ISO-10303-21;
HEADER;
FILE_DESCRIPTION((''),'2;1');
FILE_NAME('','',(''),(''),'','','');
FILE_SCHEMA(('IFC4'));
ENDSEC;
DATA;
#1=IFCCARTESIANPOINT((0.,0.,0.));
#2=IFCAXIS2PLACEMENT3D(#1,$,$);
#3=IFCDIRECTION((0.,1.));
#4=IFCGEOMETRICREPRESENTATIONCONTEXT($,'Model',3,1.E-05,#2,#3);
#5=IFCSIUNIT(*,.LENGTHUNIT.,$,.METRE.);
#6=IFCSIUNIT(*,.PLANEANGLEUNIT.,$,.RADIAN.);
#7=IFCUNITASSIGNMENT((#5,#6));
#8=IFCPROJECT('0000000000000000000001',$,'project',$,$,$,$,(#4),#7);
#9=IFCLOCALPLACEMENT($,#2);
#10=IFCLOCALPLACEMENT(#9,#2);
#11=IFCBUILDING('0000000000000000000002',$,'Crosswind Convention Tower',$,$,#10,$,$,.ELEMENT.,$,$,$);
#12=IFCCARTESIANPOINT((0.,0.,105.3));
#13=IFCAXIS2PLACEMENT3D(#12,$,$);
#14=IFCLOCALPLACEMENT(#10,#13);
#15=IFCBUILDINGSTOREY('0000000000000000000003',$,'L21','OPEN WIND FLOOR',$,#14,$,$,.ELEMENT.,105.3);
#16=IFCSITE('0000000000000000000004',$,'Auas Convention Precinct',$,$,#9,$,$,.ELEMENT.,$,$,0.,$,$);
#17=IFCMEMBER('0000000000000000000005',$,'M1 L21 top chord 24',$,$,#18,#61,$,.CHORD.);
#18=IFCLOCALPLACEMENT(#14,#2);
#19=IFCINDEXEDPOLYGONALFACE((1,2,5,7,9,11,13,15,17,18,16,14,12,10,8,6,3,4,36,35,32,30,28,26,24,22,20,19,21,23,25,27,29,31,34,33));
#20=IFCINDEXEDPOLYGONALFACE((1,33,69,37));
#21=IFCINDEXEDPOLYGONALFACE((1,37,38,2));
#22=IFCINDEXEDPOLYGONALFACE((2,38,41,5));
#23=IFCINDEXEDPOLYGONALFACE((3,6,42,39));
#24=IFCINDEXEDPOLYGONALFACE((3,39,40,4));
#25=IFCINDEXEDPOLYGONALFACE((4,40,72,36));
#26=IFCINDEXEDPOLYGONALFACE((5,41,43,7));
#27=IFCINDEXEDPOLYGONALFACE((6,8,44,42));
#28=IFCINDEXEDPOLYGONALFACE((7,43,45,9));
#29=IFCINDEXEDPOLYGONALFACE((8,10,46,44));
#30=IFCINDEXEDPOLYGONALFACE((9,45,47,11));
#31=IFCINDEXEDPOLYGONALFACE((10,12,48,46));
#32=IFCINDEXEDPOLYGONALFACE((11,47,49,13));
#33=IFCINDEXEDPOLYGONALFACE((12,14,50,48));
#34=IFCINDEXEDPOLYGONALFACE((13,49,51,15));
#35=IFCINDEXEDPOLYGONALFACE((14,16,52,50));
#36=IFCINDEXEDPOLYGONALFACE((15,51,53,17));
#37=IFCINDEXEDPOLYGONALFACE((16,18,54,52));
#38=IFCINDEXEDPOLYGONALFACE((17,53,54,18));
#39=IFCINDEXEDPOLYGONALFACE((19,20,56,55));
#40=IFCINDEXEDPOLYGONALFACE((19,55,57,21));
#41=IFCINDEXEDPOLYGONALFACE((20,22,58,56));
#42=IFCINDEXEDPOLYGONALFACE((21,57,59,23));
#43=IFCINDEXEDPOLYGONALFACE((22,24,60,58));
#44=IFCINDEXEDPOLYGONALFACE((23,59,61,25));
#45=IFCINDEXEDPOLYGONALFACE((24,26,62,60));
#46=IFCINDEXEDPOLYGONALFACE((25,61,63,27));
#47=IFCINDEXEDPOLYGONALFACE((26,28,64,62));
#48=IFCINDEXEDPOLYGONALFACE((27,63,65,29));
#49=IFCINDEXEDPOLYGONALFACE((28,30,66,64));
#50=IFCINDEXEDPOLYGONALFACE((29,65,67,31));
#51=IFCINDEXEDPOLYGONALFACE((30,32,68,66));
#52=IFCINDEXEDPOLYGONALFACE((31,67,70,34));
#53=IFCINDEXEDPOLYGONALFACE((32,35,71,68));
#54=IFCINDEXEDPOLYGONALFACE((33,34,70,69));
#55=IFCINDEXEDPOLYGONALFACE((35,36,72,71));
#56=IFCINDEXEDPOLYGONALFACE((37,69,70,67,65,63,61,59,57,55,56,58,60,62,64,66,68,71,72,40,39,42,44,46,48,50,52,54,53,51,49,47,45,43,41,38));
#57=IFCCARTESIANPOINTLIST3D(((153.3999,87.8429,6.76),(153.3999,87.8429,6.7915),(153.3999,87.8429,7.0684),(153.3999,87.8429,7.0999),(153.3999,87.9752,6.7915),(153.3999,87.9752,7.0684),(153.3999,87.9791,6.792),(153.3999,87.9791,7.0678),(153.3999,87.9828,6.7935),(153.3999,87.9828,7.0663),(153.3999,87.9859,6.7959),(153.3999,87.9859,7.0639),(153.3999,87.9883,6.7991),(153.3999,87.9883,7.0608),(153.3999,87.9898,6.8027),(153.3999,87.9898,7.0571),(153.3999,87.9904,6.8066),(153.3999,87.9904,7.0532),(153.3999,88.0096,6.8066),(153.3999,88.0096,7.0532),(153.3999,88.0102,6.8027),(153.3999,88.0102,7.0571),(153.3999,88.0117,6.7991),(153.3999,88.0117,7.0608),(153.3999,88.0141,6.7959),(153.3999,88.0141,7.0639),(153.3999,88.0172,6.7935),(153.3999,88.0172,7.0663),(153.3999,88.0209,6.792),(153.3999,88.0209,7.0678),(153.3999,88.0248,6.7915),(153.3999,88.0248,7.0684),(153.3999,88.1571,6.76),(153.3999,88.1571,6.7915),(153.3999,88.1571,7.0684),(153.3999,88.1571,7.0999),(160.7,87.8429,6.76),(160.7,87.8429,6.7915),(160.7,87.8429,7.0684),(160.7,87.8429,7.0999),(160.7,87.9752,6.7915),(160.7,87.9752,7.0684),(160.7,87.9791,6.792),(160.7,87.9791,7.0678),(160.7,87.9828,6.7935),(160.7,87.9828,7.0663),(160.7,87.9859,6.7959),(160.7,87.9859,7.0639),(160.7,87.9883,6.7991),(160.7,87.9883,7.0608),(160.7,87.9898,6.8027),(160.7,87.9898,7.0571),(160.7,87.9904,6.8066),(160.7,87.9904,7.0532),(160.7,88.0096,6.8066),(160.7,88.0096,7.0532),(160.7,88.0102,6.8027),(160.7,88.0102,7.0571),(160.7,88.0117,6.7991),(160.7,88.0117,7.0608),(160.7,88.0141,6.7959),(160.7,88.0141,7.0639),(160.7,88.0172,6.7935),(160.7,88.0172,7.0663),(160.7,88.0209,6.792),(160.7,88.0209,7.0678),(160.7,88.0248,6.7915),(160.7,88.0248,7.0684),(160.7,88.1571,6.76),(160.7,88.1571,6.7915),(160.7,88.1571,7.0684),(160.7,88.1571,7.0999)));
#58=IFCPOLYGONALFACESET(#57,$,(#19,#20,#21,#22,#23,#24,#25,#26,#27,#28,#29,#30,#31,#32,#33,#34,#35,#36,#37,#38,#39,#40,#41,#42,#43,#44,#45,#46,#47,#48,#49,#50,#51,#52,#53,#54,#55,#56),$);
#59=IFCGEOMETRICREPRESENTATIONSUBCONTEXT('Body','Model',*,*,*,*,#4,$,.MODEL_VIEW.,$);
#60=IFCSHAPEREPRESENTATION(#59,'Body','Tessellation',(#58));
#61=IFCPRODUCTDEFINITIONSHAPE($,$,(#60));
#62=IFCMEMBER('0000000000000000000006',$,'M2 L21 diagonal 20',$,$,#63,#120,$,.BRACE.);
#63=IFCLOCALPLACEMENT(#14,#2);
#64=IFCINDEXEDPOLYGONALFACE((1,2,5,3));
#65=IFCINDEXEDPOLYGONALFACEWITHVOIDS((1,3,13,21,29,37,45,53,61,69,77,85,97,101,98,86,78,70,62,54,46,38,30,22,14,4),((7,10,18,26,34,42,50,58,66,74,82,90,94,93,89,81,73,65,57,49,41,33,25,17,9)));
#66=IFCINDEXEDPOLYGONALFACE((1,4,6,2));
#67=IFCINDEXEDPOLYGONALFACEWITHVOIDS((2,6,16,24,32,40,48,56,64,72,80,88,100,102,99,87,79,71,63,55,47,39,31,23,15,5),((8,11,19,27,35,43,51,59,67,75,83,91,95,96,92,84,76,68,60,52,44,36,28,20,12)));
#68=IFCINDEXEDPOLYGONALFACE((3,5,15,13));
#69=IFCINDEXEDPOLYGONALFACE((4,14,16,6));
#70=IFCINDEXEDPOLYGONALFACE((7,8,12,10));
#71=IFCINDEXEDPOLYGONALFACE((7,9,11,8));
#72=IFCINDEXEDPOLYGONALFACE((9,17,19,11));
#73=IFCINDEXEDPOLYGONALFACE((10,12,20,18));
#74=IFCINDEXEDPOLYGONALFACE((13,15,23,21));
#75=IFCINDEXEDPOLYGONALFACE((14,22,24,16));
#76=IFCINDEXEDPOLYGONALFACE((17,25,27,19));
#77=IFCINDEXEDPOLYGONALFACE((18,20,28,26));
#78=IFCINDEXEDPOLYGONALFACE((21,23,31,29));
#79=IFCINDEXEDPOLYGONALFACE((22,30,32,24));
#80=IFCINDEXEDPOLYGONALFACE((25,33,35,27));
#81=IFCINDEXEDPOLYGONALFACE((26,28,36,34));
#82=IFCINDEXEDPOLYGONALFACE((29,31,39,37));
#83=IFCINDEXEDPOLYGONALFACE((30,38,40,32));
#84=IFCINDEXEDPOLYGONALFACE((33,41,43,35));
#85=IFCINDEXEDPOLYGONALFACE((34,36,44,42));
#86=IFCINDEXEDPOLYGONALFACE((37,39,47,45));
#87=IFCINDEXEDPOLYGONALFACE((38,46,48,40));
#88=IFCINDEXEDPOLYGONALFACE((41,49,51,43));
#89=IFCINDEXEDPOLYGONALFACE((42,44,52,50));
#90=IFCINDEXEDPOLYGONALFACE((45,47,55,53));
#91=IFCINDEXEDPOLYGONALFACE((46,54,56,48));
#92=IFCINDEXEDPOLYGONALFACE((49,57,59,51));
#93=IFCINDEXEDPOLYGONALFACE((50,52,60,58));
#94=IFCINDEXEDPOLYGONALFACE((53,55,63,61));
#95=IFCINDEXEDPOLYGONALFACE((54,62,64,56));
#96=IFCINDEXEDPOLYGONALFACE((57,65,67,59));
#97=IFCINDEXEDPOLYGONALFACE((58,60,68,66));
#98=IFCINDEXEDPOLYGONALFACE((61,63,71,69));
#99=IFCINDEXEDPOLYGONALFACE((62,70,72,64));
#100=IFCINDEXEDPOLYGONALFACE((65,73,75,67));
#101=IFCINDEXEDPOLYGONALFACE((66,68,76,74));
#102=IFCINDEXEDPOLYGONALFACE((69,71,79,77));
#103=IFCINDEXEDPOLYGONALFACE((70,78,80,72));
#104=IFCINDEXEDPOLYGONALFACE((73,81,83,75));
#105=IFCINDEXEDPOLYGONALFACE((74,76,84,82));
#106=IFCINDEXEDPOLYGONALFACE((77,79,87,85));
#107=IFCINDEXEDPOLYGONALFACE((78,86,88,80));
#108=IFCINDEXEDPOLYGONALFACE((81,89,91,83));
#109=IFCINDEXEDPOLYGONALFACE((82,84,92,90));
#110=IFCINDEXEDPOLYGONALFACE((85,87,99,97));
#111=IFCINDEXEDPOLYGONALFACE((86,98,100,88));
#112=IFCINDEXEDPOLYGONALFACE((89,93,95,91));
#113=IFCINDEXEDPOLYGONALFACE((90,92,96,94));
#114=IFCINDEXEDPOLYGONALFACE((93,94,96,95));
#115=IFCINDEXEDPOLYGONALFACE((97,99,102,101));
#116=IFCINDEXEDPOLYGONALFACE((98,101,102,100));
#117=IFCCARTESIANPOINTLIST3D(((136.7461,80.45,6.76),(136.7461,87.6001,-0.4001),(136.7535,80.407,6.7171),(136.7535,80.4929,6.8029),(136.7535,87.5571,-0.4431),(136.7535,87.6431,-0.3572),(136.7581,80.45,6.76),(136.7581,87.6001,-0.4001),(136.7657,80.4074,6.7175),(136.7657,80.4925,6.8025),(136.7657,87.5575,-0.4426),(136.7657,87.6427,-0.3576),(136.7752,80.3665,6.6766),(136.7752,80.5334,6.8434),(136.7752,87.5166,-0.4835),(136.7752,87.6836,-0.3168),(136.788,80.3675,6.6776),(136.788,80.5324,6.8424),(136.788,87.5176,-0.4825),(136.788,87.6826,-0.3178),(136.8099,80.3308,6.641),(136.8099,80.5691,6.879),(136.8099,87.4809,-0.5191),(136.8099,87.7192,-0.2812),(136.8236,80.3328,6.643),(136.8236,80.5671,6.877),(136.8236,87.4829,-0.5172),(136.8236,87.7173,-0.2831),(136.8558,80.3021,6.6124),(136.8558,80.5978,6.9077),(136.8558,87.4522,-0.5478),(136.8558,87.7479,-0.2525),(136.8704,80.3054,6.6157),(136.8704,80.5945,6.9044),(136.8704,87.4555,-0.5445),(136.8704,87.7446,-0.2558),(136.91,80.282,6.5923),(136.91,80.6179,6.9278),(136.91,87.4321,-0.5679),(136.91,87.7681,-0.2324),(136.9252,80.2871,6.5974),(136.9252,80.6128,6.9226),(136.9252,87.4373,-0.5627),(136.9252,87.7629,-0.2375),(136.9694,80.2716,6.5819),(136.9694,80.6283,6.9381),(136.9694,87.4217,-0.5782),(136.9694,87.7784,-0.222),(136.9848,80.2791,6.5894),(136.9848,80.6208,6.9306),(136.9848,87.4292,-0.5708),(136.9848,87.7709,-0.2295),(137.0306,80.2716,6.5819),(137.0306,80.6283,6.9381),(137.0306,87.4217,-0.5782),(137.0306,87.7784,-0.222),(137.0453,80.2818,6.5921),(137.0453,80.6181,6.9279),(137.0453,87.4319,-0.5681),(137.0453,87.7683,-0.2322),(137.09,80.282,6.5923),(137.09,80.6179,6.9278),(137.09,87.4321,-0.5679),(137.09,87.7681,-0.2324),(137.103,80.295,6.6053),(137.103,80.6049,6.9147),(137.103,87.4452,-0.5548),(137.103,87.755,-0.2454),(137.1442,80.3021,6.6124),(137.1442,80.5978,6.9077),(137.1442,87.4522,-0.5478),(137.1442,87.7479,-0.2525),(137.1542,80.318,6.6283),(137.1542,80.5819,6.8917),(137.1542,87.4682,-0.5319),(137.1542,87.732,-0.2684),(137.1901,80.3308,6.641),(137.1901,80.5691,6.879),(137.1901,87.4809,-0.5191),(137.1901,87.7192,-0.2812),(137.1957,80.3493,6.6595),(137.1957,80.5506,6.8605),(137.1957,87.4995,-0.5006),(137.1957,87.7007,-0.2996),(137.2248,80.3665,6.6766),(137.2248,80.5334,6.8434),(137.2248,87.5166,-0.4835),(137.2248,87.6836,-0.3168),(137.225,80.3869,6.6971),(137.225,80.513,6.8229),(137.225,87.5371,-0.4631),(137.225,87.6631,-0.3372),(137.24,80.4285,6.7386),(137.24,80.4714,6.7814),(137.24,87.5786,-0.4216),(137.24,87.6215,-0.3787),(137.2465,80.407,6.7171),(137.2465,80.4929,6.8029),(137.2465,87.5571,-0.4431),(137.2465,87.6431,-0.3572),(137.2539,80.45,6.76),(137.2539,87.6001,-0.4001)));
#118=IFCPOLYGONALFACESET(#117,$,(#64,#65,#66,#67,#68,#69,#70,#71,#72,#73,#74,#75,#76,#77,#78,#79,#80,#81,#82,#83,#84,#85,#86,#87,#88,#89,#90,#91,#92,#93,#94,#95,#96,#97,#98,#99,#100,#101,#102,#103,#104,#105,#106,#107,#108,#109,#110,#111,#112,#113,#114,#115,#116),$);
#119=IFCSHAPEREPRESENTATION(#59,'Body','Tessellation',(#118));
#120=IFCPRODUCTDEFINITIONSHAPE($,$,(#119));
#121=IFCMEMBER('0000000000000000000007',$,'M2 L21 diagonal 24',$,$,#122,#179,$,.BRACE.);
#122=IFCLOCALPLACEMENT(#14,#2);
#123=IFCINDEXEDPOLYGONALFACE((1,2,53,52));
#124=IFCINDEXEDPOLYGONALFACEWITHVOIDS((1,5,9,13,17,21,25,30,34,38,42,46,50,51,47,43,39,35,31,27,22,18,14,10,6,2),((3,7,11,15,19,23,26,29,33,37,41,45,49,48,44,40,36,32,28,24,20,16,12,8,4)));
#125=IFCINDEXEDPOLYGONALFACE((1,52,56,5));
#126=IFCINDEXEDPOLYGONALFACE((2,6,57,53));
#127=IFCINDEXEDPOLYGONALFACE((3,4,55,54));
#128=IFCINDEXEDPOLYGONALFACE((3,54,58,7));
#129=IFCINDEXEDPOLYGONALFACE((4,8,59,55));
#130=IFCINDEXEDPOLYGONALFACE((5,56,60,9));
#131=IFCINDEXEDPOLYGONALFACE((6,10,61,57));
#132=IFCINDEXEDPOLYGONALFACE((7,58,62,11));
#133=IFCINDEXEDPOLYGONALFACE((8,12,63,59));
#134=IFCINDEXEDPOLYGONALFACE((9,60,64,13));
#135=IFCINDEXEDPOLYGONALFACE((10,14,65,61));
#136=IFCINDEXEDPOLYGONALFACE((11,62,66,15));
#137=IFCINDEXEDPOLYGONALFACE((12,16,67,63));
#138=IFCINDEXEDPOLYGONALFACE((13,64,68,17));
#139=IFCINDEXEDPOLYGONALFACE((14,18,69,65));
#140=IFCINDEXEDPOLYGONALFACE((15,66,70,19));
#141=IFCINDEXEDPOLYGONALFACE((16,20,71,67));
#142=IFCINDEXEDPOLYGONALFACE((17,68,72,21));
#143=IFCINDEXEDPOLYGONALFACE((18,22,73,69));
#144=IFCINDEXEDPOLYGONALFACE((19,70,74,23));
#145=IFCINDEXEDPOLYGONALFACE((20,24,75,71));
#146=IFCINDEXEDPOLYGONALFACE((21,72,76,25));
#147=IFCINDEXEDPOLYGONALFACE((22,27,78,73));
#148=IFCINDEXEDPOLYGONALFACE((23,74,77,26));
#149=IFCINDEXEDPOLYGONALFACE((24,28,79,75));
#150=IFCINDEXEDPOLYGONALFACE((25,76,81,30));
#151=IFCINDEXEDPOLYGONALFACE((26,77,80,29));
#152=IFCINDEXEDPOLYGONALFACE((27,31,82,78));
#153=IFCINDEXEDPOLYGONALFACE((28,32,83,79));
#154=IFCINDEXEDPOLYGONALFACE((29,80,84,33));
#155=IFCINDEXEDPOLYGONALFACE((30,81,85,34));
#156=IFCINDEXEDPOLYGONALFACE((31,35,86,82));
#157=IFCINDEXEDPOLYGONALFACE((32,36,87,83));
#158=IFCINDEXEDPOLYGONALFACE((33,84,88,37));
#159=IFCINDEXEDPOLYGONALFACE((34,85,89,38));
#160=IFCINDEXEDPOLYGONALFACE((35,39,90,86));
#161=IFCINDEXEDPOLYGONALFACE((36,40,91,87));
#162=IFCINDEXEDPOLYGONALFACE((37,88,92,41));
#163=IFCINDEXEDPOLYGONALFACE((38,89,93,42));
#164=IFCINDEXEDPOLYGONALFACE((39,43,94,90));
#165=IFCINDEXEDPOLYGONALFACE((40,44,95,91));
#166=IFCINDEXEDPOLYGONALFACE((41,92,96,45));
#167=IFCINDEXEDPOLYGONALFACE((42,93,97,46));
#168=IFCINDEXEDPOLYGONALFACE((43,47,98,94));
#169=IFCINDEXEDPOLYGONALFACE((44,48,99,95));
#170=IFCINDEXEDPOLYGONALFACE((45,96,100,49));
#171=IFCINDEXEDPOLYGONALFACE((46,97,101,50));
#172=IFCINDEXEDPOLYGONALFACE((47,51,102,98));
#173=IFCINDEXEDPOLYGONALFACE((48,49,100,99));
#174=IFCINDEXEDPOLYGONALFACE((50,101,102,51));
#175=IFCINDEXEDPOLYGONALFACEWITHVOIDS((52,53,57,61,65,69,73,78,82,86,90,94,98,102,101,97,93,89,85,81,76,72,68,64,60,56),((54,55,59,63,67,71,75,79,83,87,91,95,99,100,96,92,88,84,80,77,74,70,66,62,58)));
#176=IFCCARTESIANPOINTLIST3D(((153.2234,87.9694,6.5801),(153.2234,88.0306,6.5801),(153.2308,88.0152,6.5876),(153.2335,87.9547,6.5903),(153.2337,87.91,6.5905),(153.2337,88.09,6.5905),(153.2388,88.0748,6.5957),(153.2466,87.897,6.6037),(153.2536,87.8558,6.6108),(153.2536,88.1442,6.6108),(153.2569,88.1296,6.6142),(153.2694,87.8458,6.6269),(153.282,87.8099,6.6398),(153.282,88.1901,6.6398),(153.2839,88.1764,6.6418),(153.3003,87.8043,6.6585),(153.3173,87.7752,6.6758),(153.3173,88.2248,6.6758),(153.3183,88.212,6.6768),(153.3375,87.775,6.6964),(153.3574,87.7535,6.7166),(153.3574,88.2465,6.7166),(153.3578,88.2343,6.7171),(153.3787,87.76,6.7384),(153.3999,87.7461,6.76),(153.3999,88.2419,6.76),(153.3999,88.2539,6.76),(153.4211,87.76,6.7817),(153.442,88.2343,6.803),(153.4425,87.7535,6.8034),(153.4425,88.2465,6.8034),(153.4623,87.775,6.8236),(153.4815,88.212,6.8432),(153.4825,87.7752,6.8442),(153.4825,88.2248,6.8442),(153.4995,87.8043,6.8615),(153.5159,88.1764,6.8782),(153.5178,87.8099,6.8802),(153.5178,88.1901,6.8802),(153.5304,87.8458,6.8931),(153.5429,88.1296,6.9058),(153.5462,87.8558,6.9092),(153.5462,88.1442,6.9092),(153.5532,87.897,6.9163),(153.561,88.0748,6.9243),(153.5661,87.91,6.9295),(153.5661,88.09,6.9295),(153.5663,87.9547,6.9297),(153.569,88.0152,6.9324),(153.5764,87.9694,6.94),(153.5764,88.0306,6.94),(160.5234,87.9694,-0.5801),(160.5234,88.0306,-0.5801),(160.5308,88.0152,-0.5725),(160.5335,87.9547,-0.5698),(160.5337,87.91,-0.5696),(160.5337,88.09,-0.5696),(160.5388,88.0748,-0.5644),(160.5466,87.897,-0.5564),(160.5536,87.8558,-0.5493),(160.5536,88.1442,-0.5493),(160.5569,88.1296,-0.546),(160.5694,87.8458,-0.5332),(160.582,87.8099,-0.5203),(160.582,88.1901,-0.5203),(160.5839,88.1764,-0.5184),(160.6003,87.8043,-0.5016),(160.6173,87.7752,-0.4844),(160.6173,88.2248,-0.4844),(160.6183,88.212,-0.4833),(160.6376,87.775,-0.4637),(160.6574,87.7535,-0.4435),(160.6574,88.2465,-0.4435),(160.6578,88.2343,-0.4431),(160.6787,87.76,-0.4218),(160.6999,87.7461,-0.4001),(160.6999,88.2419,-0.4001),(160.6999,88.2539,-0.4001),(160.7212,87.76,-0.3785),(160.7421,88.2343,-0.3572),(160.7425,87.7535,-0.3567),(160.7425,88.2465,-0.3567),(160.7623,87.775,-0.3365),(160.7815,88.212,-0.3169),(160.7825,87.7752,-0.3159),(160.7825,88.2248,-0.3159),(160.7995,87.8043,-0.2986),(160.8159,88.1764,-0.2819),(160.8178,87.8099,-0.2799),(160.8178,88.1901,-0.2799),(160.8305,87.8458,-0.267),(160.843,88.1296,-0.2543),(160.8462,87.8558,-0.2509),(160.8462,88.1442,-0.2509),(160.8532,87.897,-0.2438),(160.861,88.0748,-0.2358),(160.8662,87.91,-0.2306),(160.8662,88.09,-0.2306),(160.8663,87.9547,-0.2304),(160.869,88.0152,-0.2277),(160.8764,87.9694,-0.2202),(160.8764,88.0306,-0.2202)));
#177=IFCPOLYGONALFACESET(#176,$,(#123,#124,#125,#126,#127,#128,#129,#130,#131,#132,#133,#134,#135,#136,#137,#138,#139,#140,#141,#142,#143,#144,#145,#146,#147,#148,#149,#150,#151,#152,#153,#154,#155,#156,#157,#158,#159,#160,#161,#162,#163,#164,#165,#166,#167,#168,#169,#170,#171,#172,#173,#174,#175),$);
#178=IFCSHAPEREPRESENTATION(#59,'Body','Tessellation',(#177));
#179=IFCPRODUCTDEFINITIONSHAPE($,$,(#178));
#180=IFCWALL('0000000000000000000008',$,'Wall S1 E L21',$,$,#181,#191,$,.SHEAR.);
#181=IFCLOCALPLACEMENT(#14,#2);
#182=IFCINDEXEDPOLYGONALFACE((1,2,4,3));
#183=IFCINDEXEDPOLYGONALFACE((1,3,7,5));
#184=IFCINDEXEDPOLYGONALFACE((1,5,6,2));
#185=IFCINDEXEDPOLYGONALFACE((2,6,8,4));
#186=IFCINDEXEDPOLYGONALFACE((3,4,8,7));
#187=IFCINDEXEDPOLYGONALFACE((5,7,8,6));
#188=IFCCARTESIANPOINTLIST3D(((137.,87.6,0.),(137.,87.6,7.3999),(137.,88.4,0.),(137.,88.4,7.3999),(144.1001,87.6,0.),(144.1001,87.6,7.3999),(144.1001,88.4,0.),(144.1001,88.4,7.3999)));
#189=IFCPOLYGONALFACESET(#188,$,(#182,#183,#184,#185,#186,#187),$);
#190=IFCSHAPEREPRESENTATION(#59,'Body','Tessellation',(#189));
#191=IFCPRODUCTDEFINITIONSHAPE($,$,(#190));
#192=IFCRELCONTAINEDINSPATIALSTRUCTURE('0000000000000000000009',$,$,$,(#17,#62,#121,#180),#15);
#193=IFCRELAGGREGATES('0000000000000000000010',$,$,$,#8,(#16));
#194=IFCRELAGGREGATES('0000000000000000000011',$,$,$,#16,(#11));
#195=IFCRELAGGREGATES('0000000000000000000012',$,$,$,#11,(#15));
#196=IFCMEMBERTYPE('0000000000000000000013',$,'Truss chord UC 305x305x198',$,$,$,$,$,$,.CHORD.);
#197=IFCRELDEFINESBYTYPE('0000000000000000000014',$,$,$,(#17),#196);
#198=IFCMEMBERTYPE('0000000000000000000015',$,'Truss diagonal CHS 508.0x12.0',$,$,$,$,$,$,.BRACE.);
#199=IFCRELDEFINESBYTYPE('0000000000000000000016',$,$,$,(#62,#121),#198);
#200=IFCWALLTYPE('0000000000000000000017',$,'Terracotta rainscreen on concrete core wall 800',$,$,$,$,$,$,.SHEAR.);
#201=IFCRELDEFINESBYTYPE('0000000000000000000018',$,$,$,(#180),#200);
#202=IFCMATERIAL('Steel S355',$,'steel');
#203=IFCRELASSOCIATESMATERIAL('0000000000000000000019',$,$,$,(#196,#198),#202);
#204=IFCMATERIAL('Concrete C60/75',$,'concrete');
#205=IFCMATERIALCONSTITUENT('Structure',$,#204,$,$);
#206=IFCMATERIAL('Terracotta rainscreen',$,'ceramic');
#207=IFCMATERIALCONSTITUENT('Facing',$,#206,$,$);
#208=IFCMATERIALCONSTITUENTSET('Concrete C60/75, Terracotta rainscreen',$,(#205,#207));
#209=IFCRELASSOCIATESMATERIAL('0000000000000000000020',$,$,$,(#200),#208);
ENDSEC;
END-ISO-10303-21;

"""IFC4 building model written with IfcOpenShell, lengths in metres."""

from ifc_helpers import new_model, si_unit, direction, frame, frame_2d, origin, origin_2d, place, context, subcontext, project, spatial, rectangle, hollow_circle, i_section, extrude, material, constituent, constituent_set, material_profile, profile_set, type_object, element, save


model = new_model("IFC4")

# Units and contexts
model_context = context("Model", 3, precision=1e-05, world=origin(), true_north=direction((0.0, 1.0)))
body_context = subcontext(model_context, "Body", "Model", "MODEL_VIEW")
ifc_project = project(units=[si_unit("LENGTHUNIT", "METRE"), si_unit("PLANEANGLEUNIT", "RADIAN")], contexts=[model_context])

# Site, building, storey
site_placement = place(None, origin())
site = spatial("IfcSite", under=ifc_project, at=site_placement, Name="Auas Convention Precinct", CompositionType="ELEMENT", RefElevation=0.0)
building_placement = place(site_placement, origin())
building = spatial("IfcBuilding", under=site, at=building_placement, Name="Crosswind Convention Tower", CompositionType="ELEMENT")
storey_placement = place(building_placement, frame((0.0, 0.0, 105.3)))
storey = spatial("IfcBuildingStorey", under=building, at=storey_placement, Name="L21", Description="OPEN WIND FLOOR", CompositionType="ELEMENT", Elevation=105.3)

# Shared definitions
ifc_material_1 = material(Name="Concrete C60/75", Category="concrete")

# Members
ifc_material_2 = material(Name="Steel S355", Category="steel")
ifc_material_profile_1 = material_profile(ifc_material_2, i_section(OverallWidth=0.3142, OverallDepth=0.3398, WebThickness=0.0193, FlangeThickness=0.0315, FilletRadius=0.0151, at=origin_2d()), Name="UC 305x305x198")
ifc_profile_set_1 = profile_set([ifc_material_profile_1], Name="Steel S355")
member_type_1 = type_object("IfcMemberType", Name="Truss chord UC 305x305x198", PredefinedType="CHORD", material=ifc_profile_set_1)
for number, where, z_axis, x_axis, name in (
    (1, (153.3999, 88.0, 6.9299), (1.0, 0.0, 0.0), (0.0, 1.0, 0.0), "M1 L21 top chord 24"),
):
    element("IfcMember", number, at=place(storey_placement, frame(where, z_axis=z_axis, x_axis=x_axis)), inside=storey, type_object=member_type_1, Name=name, PredefinedType="CHORD", context=body_context, shape_type="SweptSolid", body=[
        extrude(i_section(OverallWidth=0.3142, OverallDepth=0.3398, WebThickness=0.0193, FlangeThickness=0.0315, FilletRadius=0.0151, at=origin_2d()), origin(), (0.0, 0.0, 1.0), 7.3),
    ])
ifc_material_profile_2 = material_profile(ifc_material_2, hollow_circle(Radius=0.2539, WallThickness=0.012, at=origin_2d()), Name="CHS 508.0x12.0")
ifc_profile_set_2 = profile_set([ifc_material_profile_2], Name="Steel S355")
member_type_2 = type_object("IfcMemberType", Name="Truss diagonal CHS 508.0x12.0", PredefinedType="BRACE", material=ifc_profile_set_2)
member_1_placement = place(storey_placement, frame((137.0, 80.45, 6.76), z_axis=(0.0, 0.706612, -0.707601), x_axis=(-1.0, 0.0, 0.0)))
element("IfcMember", 2, at=member_1_placement, inside=storey, type_object=member_type_2, Name="M2 L21 diagonal 20", PredefinedType="BRACE", context=body_context, shape_type="SweptSolid", body=[
    extrude(hollow_circle(Radius=0.2539, WallThickness=0.012, at=origin_2d()), origin(), (0.0, 0.0, 1.0), 10.1189),
])
member_2_placement = place(storey_placement, frame((153.3999, 88.0, 6.76), z_axis=(0.713914, 0.0, -0.700233), x_axis=(0.0, 1.0, 0.0)))
element("IfcMember", 3, at=member_2_placement, inside=storey, type_object=member_type_2, Name="M2 L21 diagonal 24", PredefinedType="BRACE", context=body_context, shape_type="SweptSolid", body=[
    extrude(hollow_circle(Radius=0.2539, WallThickness=0.012, at=origin_2d()), origin(), (0.0, 0.0, 1.0), 10.2253),
])

# Wall
ifc_constituent_1 = constituent(ifc_material_1, Name="Structure")
ifc_material_3 = material(Name="Terracotta rainscreen", Category="ceramic")
ifc_constituent_2 = constituent(ifc_material_3, Name="Facing")
ifc_constituent_set = constituent_set(constituents=[ifc_constituent_1, ifc_constituent_2], Name="Concrete C60/75, Terracotta rainscreen")
wall_type = type_object("IfcWallType", Name="Terracotta rainscreen on concrete core wall 800", PredefinedType="SHEAR", material=ifc_constituent_set)
wall_1_placement = place(storey_placement, frame((137.0, 88.0, 0.0), z_axis=(0.0, 0.0, 1.0), x_axis=(1.0, 0.0, 0.0)))
element("IfcWall", 4, at=wall_1_placement, inside=storey, type_object=wall_type, Name="Wall S1 E L21", PredefinedType="SHEAR", context=body_context, shape_type="SweptSolid", body=[
    extrude(rectangle(XDim=7.1001, YDim=0.8, at=frame_2d((3.55, 0.0))), origin(), (0.0, 0.0, 1.0), 7.3999),
])

save(model, "model.ifc")
